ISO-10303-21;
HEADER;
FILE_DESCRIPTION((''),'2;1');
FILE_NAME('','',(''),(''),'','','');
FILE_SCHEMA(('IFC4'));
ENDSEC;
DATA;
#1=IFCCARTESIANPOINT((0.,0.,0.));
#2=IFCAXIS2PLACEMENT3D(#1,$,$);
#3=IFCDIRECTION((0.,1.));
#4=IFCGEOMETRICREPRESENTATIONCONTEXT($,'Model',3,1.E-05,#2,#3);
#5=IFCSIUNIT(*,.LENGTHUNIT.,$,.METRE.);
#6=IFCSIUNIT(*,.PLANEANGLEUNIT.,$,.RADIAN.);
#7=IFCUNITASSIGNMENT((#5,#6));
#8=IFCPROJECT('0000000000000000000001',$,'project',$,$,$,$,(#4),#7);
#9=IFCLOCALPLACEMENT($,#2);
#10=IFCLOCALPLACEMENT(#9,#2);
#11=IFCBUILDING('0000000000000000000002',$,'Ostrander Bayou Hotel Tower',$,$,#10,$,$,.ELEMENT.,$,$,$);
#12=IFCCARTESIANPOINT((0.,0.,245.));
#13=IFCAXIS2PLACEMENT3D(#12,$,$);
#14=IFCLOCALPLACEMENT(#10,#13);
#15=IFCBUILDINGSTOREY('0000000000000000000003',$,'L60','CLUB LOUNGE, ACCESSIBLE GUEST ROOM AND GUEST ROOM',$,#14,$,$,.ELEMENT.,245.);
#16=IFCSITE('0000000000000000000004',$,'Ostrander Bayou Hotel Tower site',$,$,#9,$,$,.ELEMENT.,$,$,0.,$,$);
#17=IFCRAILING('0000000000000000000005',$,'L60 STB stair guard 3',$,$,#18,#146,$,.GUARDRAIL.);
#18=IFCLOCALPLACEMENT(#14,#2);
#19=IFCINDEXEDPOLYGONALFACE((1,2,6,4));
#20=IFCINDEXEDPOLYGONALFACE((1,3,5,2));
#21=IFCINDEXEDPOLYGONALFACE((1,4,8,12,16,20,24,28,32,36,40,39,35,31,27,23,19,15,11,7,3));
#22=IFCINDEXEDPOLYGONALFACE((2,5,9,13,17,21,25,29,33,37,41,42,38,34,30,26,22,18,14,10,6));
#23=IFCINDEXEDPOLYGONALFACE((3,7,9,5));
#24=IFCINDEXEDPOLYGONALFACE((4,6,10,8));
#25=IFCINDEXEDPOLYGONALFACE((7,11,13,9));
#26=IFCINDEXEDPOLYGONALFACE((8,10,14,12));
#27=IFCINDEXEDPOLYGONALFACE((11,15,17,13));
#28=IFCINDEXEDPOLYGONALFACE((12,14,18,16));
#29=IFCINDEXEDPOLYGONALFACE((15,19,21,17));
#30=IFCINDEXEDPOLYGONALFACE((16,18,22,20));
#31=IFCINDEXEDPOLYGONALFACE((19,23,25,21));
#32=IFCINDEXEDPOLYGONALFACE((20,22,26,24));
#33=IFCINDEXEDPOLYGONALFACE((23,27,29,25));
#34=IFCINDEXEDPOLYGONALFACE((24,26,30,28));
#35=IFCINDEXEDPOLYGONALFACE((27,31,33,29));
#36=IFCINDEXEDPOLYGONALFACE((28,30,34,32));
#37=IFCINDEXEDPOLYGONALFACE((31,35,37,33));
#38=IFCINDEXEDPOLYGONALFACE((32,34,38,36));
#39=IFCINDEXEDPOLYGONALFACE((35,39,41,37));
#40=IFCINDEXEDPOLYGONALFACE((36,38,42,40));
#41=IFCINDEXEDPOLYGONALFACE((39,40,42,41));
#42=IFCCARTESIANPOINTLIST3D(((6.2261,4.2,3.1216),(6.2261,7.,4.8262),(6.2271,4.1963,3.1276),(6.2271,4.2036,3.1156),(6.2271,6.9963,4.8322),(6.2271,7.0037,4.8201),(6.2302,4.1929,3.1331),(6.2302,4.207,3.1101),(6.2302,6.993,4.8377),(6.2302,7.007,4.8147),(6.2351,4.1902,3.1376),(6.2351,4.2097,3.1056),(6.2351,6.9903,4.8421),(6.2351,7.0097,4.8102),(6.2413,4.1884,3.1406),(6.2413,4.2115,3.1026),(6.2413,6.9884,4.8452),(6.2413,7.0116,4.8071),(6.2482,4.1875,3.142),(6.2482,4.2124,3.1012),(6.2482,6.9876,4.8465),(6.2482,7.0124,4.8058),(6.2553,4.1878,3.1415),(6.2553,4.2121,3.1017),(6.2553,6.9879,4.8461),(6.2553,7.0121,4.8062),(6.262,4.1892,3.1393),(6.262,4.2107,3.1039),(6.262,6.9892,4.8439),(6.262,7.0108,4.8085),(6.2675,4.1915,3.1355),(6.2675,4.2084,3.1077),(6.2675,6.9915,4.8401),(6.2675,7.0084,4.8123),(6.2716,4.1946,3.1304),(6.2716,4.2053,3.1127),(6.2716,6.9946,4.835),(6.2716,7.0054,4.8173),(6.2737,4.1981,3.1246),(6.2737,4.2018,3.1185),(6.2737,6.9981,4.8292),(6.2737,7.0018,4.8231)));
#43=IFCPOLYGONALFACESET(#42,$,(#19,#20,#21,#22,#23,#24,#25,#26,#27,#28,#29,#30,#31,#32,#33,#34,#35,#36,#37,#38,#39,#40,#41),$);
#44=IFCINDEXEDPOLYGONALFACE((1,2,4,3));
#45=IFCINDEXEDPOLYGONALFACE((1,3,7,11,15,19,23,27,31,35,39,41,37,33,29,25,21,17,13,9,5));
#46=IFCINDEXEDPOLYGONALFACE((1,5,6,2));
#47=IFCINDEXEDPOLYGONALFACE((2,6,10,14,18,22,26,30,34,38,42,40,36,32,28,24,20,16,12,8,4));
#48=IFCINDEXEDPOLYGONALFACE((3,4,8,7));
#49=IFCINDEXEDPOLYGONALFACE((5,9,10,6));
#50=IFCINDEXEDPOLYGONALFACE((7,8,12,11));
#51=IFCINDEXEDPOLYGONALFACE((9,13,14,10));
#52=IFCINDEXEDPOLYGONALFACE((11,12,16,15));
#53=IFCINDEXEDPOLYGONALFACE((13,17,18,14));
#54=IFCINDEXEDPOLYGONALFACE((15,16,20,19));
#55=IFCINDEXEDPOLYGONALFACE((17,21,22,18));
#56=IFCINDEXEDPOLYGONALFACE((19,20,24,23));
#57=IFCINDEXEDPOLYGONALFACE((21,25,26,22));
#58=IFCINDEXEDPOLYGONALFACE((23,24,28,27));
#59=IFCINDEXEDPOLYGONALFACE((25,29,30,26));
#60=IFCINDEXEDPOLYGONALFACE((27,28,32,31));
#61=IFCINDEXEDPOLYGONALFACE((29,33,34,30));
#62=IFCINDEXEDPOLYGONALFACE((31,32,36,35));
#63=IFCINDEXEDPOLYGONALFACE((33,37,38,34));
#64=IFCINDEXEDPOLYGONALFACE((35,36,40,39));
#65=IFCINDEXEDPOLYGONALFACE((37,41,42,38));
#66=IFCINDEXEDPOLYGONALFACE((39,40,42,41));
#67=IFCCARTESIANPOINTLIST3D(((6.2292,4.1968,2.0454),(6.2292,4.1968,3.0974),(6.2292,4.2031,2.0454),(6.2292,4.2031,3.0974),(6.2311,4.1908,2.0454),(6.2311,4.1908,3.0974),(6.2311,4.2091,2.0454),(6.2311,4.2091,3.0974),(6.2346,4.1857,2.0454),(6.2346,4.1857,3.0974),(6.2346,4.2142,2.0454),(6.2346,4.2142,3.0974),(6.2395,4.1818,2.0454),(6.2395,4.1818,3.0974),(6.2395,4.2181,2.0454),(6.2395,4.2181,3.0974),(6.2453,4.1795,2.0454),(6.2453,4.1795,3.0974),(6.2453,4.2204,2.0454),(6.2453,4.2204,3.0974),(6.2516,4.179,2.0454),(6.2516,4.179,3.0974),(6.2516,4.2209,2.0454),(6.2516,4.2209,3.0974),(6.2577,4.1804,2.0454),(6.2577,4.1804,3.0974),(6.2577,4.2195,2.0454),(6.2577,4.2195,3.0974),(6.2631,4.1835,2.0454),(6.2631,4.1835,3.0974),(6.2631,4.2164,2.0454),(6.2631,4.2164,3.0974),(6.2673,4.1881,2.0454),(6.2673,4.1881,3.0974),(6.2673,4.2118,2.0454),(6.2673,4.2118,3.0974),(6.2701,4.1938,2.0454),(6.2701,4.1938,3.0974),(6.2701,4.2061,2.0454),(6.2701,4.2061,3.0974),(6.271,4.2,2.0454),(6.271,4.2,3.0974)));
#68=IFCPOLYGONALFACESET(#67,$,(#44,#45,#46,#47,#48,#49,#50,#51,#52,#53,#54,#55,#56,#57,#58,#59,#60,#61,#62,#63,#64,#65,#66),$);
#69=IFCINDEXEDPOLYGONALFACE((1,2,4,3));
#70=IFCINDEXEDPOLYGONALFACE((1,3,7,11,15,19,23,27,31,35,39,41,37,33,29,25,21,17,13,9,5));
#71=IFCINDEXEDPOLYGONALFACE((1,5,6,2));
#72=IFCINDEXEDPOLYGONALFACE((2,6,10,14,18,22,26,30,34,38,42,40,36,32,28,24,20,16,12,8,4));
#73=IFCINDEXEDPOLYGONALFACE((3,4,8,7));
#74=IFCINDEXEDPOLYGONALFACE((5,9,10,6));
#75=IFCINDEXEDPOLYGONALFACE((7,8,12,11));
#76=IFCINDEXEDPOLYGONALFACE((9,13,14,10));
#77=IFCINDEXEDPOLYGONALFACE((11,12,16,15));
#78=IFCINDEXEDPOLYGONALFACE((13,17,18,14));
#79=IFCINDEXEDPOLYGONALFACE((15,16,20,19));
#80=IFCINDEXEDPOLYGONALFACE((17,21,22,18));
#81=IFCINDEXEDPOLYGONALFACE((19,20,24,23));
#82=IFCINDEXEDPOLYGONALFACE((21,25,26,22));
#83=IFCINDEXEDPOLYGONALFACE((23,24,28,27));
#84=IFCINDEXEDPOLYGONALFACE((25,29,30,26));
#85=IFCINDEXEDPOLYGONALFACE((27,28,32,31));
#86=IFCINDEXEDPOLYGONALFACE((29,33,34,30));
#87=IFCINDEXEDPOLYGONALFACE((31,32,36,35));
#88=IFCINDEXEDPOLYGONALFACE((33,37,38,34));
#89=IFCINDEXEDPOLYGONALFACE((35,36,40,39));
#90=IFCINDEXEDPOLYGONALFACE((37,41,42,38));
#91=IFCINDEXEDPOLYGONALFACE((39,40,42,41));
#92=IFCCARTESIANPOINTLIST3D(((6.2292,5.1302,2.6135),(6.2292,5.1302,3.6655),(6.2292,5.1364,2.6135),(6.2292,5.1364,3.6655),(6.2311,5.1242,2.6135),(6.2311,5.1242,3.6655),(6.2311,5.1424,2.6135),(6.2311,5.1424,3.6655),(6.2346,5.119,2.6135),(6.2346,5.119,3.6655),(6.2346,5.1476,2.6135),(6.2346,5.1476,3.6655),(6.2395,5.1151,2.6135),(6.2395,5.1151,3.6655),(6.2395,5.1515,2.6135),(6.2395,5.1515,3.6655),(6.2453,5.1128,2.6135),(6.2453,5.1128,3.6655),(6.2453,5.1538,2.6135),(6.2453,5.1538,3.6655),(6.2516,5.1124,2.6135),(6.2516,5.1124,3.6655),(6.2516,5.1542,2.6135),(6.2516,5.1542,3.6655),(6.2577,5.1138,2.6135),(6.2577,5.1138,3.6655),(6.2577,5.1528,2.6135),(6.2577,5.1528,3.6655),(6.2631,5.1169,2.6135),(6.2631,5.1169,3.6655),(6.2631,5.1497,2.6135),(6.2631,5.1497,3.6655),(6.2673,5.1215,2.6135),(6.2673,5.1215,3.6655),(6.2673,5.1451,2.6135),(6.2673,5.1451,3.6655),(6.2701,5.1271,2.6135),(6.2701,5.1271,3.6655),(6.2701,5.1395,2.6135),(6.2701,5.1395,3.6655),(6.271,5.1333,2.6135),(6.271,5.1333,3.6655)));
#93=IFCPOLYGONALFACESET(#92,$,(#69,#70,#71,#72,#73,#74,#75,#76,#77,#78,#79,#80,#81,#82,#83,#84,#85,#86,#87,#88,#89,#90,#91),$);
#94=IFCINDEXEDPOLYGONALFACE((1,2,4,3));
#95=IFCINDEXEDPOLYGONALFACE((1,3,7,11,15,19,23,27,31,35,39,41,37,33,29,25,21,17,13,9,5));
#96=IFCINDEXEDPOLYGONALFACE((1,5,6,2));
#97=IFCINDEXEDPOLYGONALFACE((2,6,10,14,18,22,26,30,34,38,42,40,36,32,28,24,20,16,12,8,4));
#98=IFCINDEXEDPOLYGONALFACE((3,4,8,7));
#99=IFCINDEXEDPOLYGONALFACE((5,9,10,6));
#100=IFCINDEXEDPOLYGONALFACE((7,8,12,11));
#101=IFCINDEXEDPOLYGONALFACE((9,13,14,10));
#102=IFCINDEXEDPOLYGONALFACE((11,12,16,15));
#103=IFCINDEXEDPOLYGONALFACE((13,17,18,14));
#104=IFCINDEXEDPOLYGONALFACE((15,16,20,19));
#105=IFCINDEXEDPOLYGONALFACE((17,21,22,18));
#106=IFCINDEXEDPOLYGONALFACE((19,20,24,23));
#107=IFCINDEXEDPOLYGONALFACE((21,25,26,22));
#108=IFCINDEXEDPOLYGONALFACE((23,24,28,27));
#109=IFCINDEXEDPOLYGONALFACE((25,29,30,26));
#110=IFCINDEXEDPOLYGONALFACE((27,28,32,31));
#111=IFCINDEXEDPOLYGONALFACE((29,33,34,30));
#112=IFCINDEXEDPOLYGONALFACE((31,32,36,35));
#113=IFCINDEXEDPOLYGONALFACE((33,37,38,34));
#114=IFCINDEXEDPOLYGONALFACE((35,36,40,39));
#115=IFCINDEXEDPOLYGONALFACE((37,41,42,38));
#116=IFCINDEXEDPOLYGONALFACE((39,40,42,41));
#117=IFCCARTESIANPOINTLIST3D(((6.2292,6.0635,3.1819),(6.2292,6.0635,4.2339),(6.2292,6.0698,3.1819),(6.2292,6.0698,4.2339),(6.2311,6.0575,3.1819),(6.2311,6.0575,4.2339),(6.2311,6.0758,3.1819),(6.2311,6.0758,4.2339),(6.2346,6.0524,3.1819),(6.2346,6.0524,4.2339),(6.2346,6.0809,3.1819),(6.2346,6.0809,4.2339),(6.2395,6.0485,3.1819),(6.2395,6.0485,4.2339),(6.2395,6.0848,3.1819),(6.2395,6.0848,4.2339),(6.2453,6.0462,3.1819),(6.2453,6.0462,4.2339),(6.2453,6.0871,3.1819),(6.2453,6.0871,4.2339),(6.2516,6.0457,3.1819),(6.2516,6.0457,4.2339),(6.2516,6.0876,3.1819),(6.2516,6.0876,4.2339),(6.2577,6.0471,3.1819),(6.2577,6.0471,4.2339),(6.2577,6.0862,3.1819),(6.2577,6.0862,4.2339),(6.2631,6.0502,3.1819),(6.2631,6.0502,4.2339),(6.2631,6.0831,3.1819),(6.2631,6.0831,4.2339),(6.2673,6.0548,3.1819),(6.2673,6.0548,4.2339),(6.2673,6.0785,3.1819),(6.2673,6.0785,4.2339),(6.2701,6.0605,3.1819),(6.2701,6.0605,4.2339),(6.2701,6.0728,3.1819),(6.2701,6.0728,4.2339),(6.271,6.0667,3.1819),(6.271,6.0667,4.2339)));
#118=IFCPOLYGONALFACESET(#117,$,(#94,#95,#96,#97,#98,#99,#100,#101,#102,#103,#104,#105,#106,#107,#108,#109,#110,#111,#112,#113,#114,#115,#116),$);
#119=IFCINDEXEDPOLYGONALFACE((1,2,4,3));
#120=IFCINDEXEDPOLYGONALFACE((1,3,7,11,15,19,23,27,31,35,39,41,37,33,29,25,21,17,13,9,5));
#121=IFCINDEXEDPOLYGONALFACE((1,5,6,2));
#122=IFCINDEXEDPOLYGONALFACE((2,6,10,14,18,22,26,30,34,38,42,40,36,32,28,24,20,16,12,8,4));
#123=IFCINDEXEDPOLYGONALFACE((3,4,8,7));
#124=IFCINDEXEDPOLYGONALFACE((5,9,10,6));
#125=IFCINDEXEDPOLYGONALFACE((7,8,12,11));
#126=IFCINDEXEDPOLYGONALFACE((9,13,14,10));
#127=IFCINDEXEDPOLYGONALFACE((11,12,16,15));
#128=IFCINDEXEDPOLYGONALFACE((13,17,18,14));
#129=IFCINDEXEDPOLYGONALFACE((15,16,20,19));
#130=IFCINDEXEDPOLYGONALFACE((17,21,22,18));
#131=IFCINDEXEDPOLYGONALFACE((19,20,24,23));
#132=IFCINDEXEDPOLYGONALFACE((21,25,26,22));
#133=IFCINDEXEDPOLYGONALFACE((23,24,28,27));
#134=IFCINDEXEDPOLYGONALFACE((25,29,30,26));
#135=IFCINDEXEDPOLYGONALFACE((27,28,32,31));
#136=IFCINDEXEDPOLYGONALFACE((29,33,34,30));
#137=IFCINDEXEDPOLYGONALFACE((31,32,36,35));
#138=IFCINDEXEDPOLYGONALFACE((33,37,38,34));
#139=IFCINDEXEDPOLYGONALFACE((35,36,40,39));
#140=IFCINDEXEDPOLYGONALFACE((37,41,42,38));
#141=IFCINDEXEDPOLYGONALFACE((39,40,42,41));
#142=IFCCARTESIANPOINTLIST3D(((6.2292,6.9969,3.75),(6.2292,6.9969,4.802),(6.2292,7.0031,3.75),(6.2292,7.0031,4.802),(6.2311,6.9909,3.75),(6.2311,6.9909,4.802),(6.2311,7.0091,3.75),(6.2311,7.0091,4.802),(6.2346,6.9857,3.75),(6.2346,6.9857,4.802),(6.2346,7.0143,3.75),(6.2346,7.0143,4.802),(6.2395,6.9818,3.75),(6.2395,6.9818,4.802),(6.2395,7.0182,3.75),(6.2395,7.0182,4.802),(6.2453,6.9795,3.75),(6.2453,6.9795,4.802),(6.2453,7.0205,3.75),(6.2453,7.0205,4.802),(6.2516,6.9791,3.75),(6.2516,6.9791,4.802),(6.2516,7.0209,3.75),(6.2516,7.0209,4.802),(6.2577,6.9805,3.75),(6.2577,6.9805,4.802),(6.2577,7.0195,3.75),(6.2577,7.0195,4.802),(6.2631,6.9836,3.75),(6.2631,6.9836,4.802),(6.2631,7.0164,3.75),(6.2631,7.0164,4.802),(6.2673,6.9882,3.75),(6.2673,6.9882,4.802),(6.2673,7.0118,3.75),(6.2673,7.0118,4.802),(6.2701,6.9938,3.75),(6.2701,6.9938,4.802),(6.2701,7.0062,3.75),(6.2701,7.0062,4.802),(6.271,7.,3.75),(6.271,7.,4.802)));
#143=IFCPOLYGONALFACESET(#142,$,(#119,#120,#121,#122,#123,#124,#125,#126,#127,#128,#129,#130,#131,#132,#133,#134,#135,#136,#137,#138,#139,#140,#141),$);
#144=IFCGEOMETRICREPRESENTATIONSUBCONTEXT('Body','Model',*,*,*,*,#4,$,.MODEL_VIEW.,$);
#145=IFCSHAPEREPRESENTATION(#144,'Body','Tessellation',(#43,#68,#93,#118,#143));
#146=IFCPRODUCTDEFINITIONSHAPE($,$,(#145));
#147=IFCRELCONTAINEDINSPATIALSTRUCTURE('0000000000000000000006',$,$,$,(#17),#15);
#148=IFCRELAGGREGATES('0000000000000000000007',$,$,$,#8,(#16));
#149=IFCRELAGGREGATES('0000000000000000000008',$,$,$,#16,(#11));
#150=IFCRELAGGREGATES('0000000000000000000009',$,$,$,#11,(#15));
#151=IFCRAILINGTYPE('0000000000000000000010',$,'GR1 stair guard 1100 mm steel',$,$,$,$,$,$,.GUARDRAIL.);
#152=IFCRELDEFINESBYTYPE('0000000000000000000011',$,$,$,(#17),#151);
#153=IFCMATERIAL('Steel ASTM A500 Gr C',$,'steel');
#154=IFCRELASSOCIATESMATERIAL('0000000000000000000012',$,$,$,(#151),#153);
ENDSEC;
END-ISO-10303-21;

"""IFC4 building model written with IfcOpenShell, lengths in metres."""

from ifc_helpers import new_model, si_unit, direction, frame, origin, origin_2d, place, context, subcontext, project, spatial, circle, extrude, material, type_object, element, save


model = new_model("IFC4")

# Units and contexts
model_context = context("Model", 3, precision=1e-05, world=origin(), true_north=direction((0.0, 1.0)))
body_context = subcontext(model_context, "Body", "Model", "MODEL_VIEW")
ifc_project = project(units=[si_unit("LENGTHUNIT", "METRE"), si_unit("PLANEANGLEUNIT", "RADIAN")], contexts=[model_context])

# Site, building, storey
site_placement = place(None, origin())
site = spatial("IfcSite", under=ifc_project, at=site_placement, Name="Ostrander Bayou Hotel Tower site", CompositionType="ELEMENT", RefElevation=0.0)
building_placement = place(site_placement, origin())
building = spatial("IfcBuilding", under=site, at=building_placement, Name="Ostrander Bayou Hotel Tower", CompositionType="ELEMENT")
storey_placement = place(building_placement, frame((0.0, 0.0, 245.0)))
storey = spatial("IfcBuildingStorey", under=building, at=storey_placement, Name="L60", Description="CLUB LOUNGE, ACCESSIBLE GUEST ROOM AND GUEST ROOM", CompositionType="ELEMENT", Elevation=245.0)

# Railing
ifc_material_1 = material(Name="Steel ASTM A500 Gr C", Category="steel")
railing_type_1 = type_object("IfcRailingType", Name="GR1 stair guard 1100 mm steel", PredefinedType="GUARDRAIL", material=ifc_material_1)
railing_1_placement = place(storey_placement, frame((6.25, 4.2, 2.0454)))
element("IfcRailing", 1, at=railing_1_placement, inside=storey, type_object=railing_type_1, Name="L60 STB stair guard 3", PredefinedType="GUARDRAIL", context=body_context, shape_type="SweptSolid", body=[
    extrude(circle(Radius=0.0239, at=origin_2d()), frame((0.0, 0.0, 1.0762), z_axis=(0.0, 0.85417, 0.519994), x_axis=(-1.0, 0.0, 0.0)), (0.0, 0.0, 1.0), 3.2781),
    extrude(circle(Radius=0.021, at=origin_2d()), origin(), (0.0, 0.0, 1.0), 1.052),
    extrude(circle(Radius=0.021, at=origin_2d()), frame((0.0, 0.9333, 0.5681)), (0.0, 0.0, 1.0), 1.052),
    extrude(circle(Radius=0.021, at=origin_2d()), frame((0.0, 1.8667, 1.1365)), (0.0, 0.0, 1.0), 1.052),
    extrude(circle(Radius=0.021, at=origin_2d()), frame((0.0, 2.8, 1.7046)), (0.0, 0.0, 1.0), 1.052),
])

save(model, "model.ifc")
